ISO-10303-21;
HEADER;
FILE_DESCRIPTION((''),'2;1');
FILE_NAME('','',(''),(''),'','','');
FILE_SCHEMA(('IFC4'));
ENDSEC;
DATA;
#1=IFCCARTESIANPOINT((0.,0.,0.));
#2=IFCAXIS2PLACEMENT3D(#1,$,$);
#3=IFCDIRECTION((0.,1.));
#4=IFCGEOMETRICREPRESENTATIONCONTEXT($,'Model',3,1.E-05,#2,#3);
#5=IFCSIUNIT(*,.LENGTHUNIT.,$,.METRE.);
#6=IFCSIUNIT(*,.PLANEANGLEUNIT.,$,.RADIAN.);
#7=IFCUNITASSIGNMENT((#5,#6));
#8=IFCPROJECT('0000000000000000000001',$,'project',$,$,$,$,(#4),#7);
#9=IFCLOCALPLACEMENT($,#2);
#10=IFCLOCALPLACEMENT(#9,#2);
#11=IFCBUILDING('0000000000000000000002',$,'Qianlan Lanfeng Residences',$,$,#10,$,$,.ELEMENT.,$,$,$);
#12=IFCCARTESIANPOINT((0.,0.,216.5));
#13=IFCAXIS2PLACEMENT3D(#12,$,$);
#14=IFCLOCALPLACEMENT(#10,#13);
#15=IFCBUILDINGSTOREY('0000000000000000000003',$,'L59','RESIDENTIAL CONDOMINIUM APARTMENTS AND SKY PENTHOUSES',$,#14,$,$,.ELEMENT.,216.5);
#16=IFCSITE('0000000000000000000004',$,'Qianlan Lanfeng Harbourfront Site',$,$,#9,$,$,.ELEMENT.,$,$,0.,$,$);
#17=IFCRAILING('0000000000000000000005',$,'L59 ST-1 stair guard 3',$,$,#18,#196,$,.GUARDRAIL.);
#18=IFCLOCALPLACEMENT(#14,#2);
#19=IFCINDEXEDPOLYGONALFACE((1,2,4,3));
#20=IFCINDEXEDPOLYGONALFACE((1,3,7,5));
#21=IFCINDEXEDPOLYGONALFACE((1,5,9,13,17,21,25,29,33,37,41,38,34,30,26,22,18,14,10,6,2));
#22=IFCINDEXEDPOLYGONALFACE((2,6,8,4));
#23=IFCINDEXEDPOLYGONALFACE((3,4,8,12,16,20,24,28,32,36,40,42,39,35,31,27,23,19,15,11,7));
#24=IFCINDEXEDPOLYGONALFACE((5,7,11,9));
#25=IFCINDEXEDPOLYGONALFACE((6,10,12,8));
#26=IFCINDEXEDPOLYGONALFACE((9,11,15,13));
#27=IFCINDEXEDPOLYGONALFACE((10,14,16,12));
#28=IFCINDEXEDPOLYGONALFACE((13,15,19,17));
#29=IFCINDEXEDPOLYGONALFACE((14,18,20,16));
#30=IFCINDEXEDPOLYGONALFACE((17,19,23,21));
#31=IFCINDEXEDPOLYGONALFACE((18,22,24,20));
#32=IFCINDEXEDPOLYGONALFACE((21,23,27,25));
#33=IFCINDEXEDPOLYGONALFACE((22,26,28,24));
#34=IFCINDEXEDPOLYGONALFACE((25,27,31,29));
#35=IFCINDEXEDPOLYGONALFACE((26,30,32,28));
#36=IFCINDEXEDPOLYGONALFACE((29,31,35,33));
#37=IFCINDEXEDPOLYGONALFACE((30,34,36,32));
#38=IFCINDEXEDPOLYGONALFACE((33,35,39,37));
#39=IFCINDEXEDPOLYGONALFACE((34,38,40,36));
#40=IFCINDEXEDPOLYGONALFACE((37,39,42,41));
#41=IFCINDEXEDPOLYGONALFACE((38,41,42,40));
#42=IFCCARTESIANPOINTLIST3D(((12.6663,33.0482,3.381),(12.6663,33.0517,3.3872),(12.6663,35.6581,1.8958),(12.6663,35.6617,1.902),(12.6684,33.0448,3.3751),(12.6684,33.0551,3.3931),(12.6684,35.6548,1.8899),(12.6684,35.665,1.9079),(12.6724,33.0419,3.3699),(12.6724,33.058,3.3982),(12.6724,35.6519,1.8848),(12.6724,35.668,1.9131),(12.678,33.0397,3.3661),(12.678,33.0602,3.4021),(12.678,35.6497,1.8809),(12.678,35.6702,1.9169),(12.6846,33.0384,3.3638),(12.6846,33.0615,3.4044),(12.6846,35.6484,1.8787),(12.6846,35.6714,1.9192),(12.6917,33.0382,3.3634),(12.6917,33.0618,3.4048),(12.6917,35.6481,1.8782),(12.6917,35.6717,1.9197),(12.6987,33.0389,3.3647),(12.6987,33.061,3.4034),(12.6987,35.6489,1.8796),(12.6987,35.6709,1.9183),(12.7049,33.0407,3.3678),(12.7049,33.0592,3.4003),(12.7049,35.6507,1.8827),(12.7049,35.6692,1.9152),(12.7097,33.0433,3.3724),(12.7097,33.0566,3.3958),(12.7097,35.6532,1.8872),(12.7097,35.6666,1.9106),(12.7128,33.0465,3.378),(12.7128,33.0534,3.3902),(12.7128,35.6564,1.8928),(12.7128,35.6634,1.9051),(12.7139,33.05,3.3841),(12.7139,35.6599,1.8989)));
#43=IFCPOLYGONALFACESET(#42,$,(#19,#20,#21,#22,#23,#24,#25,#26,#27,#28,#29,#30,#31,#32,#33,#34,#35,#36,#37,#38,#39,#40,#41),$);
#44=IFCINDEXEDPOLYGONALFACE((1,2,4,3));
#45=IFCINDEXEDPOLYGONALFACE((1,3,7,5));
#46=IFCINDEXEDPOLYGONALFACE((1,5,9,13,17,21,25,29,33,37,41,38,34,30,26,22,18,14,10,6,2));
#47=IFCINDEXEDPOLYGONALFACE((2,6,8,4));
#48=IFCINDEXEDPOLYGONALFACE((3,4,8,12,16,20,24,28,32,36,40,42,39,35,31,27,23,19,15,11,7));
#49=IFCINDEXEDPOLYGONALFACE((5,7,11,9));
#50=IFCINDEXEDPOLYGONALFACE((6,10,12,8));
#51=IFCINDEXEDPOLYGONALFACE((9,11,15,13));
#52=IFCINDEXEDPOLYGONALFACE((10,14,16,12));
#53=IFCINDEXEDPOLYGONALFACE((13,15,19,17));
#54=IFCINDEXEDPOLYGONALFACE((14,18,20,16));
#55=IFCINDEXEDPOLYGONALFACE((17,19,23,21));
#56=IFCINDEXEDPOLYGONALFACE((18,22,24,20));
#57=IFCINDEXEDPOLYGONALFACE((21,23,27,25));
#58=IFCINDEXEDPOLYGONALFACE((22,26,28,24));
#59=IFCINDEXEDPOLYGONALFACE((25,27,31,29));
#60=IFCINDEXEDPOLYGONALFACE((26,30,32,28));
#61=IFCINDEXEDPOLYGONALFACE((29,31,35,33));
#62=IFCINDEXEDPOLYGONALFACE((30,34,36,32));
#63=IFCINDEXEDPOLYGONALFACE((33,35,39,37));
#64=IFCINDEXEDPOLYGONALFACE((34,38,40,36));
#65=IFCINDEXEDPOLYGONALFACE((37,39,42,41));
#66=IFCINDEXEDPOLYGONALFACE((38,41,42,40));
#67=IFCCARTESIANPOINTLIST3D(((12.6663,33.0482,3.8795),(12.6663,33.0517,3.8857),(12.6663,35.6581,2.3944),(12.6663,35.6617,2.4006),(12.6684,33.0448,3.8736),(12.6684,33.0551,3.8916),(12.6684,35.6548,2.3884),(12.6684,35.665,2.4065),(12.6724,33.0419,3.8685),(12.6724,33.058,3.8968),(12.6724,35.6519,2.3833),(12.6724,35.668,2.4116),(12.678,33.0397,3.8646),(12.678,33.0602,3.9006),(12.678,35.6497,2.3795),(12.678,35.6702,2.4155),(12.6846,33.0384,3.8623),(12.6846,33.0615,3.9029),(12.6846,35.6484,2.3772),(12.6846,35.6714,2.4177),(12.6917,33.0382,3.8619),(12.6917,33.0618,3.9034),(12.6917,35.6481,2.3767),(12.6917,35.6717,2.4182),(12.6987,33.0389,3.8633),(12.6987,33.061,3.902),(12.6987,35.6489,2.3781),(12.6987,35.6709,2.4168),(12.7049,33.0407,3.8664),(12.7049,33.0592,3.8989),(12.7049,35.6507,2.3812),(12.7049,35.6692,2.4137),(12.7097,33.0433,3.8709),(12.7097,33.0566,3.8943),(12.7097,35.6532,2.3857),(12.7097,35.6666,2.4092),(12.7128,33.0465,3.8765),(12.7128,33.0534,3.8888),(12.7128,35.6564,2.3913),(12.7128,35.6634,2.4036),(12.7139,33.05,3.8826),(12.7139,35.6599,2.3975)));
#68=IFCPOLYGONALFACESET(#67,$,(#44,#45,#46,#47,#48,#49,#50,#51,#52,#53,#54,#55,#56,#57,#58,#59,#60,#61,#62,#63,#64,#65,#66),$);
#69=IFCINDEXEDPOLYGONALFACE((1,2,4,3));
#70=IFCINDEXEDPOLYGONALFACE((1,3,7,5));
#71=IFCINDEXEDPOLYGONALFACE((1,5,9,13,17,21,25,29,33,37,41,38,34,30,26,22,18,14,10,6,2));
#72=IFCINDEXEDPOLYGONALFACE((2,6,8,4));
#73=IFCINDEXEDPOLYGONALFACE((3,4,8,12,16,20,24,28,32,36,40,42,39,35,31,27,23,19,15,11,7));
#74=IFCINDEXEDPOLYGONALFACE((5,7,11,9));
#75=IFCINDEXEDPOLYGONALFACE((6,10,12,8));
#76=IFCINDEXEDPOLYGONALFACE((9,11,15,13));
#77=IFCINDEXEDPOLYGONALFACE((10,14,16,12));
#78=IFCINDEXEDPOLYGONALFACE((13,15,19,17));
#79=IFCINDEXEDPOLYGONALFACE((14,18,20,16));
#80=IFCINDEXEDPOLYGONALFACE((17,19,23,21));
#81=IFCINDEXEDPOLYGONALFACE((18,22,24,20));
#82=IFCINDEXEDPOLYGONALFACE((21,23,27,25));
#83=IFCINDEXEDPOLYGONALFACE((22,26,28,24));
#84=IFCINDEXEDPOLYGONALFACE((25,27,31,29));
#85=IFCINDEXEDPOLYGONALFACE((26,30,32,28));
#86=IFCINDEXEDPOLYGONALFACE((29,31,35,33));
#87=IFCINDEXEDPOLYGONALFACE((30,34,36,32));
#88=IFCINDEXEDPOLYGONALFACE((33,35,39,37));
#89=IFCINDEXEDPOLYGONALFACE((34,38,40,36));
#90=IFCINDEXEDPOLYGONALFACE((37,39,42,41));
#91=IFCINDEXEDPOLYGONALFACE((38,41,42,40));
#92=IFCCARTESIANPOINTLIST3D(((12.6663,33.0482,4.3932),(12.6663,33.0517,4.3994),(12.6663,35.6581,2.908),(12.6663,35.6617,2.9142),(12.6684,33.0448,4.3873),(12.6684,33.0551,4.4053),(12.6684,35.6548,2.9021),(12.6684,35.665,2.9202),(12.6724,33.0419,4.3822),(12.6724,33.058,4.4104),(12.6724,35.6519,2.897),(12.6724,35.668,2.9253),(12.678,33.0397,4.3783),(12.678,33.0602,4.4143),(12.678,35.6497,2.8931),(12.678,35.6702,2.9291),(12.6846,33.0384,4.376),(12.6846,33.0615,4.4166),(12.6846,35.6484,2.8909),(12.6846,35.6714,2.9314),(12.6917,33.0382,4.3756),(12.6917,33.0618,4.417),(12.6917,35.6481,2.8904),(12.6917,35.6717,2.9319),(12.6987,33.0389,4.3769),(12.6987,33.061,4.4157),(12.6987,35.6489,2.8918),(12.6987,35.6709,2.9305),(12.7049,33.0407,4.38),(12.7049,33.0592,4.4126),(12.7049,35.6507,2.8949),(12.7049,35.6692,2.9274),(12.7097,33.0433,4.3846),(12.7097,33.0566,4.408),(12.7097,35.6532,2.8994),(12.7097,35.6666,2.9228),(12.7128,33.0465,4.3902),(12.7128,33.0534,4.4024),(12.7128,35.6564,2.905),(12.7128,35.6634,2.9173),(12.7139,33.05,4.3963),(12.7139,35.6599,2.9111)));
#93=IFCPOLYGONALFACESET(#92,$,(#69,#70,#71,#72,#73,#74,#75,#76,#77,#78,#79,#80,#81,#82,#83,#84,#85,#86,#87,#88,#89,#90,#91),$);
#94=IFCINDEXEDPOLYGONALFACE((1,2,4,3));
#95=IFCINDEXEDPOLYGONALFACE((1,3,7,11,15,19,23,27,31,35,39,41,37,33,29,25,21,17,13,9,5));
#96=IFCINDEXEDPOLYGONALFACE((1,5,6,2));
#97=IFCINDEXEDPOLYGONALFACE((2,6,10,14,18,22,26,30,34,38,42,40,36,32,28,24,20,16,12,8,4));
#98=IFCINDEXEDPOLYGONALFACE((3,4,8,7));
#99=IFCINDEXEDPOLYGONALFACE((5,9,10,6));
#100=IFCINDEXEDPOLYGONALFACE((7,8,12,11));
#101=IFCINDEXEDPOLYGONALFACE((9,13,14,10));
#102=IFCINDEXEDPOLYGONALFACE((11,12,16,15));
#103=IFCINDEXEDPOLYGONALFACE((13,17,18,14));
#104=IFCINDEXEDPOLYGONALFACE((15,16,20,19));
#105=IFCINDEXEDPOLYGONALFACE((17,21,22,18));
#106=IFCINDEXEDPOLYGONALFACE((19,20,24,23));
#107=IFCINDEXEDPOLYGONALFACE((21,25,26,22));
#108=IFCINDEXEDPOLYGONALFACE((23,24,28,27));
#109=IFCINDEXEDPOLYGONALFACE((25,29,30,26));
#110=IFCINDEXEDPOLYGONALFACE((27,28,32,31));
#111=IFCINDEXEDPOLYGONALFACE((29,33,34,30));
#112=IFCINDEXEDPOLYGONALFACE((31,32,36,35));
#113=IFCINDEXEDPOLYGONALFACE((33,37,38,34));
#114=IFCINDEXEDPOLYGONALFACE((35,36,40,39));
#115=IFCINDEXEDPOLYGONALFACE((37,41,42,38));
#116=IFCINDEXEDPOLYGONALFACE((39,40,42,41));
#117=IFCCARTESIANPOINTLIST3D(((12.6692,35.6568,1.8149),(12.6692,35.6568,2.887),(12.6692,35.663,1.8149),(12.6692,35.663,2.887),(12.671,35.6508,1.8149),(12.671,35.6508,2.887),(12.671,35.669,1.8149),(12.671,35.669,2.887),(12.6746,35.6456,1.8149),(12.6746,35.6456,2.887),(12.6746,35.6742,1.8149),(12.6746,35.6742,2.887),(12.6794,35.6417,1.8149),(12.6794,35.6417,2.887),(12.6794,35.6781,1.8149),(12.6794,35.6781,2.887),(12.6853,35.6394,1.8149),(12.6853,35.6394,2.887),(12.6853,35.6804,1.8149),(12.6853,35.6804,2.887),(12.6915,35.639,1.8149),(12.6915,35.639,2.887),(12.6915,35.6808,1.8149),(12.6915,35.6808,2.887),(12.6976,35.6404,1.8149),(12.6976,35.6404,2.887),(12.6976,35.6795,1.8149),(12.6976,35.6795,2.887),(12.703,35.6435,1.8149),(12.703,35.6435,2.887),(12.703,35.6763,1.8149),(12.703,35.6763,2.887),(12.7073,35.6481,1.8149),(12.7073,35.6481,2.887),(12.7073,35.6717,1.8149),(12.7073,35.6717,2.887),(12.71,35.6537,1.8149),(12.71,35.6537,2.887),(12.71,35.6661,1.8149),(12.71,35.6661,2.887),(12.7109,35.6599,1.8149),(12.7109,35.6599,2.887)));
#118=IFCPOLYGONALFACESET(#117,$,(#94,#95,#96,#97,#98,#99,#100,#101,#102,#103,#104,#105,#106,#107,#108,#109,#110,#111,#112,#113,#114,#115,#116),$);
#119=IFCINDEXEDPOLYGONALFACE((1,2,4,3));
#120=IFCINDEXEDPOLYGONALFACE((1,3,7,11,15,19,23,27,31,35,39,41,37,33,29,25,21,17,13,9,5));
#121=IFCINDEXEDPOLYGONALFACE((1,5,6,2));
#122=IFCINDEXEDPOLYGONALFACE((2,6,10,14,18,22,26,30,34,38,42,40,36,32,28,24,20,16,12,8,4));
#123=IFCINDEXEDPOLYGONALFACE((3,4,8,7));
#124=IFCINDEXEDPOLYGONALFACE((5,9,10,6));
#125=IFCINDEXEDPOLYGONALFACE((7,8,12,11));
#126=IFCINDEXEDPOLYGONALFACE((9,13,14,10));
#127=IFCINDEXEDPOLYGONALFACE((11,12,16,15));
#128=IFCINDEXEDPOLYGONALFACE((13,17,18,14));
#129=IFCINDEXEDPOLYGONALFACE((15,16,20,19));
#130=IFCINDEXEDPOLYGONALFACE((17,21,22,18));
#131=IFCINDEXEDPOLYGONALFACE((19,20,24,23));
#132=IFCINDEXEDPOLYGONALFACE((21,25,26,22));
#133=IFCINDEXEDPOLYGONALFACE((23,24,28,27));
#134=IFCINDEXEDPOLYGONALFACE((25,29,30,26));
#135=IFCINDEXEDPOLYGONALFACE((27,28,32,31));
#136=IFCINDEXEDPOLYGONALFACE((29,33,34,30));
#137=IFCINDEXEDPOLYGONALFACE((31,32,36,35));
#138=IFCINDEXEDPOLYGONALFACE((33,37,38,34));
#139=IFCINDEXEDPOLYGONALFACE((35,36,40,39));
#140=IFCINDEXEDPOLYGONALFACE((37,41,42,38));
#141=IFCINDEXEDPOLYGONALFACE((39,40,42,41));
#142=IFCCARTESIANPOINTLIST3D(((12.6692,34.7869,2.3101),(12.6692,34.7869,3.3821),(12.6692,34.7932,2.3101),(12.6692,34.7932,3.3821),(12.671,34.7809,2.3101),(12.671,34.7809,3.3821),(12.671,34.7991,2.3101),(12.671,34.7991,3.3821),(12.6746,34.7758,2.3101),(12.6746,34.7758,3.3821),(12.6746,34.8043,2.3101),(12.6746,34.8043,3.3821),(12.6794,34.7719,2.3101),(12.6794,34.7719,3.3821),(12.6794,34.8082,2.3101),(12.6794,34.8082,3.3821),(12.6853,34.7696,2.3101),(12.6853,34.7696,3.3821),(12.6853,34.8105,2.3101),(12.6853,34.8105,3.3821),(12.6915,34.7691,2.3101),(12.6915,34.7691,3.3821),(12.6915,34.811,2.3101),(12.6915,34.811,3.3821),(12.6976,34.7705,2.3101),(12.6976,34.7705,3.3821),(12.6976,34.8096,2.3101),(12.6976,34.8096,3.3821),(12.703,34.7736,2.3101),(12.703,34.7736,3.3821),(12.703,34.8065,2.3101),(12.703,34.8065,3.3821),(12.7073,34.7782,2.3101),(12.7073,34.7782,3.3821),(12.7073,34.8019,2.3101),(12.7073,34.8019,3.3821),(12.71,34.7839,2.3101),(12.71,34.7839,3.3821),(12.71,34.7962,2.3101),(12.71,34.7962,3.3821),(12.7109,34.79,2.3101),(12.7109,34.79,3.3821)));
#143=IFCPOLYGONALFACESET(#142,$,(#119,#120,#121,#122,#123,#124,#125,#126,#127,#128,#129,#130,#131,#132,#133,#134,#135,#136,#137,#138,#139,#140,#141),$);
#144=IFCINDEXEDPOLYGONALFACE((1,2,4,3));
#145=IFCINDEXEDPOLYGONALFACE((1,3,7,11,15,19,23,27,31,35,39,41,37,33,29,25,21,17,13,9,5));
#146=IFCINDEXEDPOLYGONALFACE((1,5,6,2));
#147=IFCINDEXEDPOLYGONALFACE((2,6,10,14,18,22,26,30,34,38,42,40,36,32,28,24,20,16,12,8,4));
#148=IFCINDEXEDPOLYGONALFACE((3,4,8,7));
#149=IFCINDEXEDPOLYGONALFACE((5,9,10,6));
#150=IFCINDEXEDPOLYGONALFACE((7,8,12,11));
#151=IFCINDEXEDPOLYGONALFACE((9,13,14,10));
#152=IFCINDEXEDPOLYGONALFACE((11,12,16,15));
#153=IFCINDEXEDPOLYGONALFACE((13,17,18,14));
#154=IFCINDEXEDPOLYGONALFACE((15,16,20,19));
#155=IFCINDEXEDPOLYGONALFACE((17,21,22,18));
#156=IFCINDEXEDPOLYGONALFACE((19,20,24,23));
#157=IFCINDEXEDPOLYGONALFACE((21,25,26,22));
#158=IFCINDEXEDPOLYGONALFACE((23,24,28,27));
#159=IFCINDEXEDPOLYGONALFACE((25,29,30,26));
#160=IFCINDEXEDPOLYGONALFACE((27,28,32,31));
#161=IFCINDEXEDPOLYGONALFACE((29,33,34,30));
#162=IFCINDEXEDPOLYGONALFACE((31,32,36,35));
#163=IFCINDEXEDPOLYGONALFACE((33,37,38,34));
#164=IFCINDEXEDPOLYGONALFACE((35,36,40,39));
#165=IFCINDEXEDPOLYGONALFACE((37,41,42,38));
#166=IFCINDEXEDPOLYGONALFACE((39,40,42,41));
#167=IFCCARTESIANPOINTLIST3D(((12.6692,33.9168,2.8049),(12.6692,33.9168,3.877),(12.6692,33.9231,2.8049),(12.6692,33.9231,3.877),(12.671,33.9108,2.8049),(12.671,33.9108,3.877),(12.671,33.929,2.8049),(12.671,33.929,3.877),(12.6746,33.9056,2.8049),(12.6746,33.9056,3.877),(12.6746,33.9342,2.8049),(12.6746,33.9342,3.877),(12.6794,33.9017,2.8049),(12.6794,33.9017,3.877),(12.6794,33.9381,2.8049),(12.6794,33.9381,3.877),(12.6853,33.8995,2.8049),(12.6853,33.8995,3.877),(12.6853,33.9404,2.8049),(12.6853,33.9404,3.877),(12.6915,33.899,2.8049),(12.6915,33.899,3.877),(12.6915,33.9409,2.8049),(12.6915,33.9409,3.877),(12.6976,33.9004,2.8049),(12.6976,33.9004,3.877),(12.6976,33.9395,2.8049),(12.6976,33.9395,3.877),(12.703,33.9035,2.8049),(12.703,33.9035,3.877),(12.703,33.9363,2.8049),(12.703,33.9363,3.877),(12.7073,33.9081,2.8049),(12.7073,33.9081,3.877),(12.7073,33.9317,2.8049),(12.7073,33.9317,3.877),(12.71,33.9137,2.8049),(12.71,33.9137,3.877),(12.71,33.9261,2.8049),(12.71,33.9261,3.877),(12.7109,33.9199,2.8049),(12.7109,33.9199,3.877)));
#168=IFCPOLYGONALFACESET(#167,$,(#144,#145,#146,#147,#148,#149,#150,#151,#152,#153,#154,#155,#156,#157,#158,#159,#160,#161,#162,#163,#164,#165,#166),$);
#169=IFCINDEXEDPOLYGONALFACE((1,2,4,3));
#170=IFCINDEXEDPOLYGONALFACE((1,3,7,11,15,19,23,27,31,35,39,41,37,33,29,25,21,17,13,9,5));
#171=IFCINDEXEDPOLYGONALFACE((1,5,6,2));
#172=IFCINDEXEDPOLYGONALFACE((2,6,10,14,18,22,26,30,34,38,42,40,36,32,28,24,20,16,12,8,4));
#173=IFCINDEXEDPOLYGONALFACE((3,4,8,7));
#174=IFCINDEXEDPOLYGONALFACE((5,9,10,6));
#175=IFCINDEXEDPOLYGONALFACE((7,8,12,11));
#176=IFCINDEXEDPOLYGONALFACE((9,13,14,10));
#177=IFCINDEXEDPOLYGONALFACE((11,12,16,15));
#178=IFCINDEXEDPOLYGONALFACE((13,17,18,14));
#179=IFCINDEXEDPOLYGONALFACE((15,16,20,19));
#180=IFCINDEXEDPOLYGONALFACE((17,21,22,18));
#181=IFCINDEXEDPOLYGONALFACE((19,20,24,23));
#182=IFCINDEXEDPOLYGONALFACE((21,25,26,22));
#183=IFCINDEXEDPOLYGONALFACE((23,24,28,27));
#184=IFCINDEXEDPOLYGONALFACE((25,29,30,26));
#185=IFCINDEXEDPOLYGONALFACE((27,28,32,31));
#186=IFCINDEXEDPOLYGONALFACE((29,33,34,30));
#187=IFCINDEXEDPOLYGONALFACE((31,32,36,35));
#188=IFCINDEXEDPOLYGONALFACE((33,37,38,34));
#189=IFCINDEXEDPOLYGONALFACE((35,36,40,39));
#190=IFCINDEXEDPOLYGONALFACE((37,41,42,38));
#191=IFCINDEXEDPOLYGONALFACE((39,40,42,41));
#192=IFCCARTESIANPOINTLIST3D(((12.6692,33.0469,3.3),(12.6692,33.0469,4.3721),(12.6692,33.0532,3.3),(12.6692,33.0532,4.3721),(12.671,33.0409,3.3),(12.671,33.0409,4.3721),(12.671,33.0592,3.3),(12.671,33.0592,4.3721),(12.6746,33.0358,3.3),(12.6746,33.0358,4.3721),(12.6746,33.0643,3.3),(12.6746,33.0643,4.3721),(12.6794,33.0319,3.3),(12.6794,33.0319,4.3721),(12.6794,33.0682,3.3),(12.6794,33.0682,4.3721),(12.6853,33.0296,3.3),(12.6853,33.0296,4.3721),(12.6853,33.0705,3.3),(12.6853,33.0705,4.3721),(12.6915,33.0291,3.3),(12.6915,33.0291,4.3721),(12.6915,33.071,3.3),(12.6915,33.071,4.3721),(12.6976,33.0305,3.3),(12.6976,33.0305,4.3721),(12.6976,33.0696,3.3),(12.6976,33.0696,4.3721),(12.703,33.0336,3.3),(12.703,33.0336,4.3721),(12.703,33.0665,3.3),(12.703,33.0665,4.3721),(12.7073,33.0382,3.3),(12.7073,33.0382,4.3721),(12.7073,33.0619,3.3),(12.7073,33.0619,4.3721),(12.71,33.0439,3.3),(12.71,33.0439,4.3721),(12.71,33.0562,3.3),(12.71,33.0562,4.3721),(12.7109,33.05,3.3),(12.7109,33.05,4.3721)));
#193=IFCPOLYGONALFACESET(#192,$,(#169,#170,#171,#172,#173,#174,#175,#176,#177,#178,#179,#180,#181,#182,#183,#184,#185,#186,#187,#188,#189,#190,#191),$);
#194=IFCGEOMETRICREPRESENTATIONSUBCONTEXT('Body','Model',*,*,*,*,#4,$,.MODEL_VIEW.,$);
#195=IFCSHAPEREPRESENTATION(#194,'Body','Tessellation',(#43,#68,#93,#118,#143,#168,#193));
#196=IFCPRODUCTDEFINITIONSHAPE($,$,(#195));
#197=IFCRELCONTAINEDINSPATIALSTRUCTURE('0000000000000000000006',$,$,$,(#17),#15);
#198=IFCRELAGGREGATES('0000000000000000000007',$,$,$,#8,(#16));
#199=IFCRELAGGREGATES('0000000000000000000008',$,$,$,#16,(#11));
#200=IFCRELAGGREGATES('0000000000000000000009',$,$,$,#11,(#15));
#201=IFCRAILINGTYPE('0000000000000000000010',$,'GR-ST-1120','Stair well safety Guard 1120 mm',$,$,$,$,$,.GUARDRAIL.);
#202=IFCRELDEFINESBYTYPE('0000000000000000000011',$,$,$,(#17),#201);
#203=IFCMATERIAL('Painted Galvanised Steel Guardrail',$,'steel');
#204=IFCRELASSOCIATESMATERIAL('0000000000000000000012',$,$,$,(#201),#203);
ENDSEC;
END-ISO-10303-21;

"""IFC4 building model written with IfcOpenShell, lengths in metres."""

from ifc_helpers import new_model, si_unit, direction, frame, origin, origin_2d, place, context, subcontext, project, spatial, circle, extrude, material, type_object, element, save


model = new_model("IFC4")

# Units and contexts
model_context = context("Model", 3, precision=1e-05, world=origin(), true_north=direction((0.0, 1.0)))
body_context = subcontext(model_context, "Body", "Model", "MODEL_VIEW")
ifc_project = project(units=[si_unit("LENGTHUNIT", "METRE"), si_unit("PLANEANGLEUNIT", "RADIAN")], contexts=[model_context])

# Site, building, storey
site_placement = place(None, origin())
site = spatial("IfcSite", under=ifc_project, at=site_placement, Name="Qianlan Lanfeng Harbourfront Site", CompositionType="ELEMENT", RefElevation=0.0)
building_placement = place(site_placement, origin())
building = spatial("IfcBuilding", under=site, at=building_placement, Name="Qianlan Lanfeng Residences", CompositionType="ELEMENT")
storey_placement = place(building_placement, frame((0.0, 0.0, 216.5)))
storey = spatial("IfcBuildingStorey", under=building, at=storey_placement, Name="L59", Description="RESIDENTIAL CONDOMINIUM APARTMENTS AND SKY PENTHOUSES", CompositionType="ELEMENT", Elevation=216.5)

# Railing
ifc_material_1 = material(Name="Painted Galvanised Steel Guardrail", Category="steel")
railing_type_1 = type_object("IfcRailingType", Name="GR-ST-1120", Description="Stair well safety Guard 1120 mm", PredefinedType="GUARDRAIL", material=ifc_material_1)
railing_1_placement = place(storey_placement, frame((12.6899, 35.6599, 1.8149)))
element("IfcRailing", 1, at=railing_1_placement, inside=storey, type_object=railing_type_1, Name="L59 ST-1 stair guard 3", PredefinedType="GUARDRAIL", context=body_context, shape_type="SweptSolid", body=[
    extrude(circle(Radius=0.0239, at=origin_2d()), frame((0.0, 0.0, 0.084), z_axis=(0.0, -0.869137, 0.494571), x_axis=(1.0, 0.0, 0.0)), (0.0, 0.0, 1.0), 3.0029),
    extrude(circle(Radius=0.0239, at=origin_2d()), frame((0.0, 0.0, 0.5825), z_axis=(0.0, -0.869137, 0.494571), x_axis=(1.0, 0.0, 0.0)), (0.0, 0.0, 1.0), 3.0029),
    extrude(circle(Radius=0.0239, at=origin_2d()), frame((0.0, 0.0, 1.0962), z_axis=(0.0, -0.869137, 0.494571), x_axis=(1.0, 0.0, 0.0)), (0.0, 0.0, 1.0), 3.0029),
    extrude(circle(Radius=0.021, at=origin_2d()), origin(), (0.0, 0.0, 1.0), 1.072),
    extrude(circle(Radius=0.021, at=origin_2d()), frame((0.0, -0.8699, 0.4951)), (0.0, 0.0, 1.0), 1.072),
    extrude(circle(Radius=0.021, at=origin_2d()), frame((0.0, -1.74, 0.99)), (0.0, 0.0, 1.0), 1.072),
    extrude(circle(Radius=0.021, at=origin_2d()), frame((0.0, -2.6099, 1.4851)), (0.0, 0.0, 1.0), 1.072),
])

save(model, "model.ifc")
